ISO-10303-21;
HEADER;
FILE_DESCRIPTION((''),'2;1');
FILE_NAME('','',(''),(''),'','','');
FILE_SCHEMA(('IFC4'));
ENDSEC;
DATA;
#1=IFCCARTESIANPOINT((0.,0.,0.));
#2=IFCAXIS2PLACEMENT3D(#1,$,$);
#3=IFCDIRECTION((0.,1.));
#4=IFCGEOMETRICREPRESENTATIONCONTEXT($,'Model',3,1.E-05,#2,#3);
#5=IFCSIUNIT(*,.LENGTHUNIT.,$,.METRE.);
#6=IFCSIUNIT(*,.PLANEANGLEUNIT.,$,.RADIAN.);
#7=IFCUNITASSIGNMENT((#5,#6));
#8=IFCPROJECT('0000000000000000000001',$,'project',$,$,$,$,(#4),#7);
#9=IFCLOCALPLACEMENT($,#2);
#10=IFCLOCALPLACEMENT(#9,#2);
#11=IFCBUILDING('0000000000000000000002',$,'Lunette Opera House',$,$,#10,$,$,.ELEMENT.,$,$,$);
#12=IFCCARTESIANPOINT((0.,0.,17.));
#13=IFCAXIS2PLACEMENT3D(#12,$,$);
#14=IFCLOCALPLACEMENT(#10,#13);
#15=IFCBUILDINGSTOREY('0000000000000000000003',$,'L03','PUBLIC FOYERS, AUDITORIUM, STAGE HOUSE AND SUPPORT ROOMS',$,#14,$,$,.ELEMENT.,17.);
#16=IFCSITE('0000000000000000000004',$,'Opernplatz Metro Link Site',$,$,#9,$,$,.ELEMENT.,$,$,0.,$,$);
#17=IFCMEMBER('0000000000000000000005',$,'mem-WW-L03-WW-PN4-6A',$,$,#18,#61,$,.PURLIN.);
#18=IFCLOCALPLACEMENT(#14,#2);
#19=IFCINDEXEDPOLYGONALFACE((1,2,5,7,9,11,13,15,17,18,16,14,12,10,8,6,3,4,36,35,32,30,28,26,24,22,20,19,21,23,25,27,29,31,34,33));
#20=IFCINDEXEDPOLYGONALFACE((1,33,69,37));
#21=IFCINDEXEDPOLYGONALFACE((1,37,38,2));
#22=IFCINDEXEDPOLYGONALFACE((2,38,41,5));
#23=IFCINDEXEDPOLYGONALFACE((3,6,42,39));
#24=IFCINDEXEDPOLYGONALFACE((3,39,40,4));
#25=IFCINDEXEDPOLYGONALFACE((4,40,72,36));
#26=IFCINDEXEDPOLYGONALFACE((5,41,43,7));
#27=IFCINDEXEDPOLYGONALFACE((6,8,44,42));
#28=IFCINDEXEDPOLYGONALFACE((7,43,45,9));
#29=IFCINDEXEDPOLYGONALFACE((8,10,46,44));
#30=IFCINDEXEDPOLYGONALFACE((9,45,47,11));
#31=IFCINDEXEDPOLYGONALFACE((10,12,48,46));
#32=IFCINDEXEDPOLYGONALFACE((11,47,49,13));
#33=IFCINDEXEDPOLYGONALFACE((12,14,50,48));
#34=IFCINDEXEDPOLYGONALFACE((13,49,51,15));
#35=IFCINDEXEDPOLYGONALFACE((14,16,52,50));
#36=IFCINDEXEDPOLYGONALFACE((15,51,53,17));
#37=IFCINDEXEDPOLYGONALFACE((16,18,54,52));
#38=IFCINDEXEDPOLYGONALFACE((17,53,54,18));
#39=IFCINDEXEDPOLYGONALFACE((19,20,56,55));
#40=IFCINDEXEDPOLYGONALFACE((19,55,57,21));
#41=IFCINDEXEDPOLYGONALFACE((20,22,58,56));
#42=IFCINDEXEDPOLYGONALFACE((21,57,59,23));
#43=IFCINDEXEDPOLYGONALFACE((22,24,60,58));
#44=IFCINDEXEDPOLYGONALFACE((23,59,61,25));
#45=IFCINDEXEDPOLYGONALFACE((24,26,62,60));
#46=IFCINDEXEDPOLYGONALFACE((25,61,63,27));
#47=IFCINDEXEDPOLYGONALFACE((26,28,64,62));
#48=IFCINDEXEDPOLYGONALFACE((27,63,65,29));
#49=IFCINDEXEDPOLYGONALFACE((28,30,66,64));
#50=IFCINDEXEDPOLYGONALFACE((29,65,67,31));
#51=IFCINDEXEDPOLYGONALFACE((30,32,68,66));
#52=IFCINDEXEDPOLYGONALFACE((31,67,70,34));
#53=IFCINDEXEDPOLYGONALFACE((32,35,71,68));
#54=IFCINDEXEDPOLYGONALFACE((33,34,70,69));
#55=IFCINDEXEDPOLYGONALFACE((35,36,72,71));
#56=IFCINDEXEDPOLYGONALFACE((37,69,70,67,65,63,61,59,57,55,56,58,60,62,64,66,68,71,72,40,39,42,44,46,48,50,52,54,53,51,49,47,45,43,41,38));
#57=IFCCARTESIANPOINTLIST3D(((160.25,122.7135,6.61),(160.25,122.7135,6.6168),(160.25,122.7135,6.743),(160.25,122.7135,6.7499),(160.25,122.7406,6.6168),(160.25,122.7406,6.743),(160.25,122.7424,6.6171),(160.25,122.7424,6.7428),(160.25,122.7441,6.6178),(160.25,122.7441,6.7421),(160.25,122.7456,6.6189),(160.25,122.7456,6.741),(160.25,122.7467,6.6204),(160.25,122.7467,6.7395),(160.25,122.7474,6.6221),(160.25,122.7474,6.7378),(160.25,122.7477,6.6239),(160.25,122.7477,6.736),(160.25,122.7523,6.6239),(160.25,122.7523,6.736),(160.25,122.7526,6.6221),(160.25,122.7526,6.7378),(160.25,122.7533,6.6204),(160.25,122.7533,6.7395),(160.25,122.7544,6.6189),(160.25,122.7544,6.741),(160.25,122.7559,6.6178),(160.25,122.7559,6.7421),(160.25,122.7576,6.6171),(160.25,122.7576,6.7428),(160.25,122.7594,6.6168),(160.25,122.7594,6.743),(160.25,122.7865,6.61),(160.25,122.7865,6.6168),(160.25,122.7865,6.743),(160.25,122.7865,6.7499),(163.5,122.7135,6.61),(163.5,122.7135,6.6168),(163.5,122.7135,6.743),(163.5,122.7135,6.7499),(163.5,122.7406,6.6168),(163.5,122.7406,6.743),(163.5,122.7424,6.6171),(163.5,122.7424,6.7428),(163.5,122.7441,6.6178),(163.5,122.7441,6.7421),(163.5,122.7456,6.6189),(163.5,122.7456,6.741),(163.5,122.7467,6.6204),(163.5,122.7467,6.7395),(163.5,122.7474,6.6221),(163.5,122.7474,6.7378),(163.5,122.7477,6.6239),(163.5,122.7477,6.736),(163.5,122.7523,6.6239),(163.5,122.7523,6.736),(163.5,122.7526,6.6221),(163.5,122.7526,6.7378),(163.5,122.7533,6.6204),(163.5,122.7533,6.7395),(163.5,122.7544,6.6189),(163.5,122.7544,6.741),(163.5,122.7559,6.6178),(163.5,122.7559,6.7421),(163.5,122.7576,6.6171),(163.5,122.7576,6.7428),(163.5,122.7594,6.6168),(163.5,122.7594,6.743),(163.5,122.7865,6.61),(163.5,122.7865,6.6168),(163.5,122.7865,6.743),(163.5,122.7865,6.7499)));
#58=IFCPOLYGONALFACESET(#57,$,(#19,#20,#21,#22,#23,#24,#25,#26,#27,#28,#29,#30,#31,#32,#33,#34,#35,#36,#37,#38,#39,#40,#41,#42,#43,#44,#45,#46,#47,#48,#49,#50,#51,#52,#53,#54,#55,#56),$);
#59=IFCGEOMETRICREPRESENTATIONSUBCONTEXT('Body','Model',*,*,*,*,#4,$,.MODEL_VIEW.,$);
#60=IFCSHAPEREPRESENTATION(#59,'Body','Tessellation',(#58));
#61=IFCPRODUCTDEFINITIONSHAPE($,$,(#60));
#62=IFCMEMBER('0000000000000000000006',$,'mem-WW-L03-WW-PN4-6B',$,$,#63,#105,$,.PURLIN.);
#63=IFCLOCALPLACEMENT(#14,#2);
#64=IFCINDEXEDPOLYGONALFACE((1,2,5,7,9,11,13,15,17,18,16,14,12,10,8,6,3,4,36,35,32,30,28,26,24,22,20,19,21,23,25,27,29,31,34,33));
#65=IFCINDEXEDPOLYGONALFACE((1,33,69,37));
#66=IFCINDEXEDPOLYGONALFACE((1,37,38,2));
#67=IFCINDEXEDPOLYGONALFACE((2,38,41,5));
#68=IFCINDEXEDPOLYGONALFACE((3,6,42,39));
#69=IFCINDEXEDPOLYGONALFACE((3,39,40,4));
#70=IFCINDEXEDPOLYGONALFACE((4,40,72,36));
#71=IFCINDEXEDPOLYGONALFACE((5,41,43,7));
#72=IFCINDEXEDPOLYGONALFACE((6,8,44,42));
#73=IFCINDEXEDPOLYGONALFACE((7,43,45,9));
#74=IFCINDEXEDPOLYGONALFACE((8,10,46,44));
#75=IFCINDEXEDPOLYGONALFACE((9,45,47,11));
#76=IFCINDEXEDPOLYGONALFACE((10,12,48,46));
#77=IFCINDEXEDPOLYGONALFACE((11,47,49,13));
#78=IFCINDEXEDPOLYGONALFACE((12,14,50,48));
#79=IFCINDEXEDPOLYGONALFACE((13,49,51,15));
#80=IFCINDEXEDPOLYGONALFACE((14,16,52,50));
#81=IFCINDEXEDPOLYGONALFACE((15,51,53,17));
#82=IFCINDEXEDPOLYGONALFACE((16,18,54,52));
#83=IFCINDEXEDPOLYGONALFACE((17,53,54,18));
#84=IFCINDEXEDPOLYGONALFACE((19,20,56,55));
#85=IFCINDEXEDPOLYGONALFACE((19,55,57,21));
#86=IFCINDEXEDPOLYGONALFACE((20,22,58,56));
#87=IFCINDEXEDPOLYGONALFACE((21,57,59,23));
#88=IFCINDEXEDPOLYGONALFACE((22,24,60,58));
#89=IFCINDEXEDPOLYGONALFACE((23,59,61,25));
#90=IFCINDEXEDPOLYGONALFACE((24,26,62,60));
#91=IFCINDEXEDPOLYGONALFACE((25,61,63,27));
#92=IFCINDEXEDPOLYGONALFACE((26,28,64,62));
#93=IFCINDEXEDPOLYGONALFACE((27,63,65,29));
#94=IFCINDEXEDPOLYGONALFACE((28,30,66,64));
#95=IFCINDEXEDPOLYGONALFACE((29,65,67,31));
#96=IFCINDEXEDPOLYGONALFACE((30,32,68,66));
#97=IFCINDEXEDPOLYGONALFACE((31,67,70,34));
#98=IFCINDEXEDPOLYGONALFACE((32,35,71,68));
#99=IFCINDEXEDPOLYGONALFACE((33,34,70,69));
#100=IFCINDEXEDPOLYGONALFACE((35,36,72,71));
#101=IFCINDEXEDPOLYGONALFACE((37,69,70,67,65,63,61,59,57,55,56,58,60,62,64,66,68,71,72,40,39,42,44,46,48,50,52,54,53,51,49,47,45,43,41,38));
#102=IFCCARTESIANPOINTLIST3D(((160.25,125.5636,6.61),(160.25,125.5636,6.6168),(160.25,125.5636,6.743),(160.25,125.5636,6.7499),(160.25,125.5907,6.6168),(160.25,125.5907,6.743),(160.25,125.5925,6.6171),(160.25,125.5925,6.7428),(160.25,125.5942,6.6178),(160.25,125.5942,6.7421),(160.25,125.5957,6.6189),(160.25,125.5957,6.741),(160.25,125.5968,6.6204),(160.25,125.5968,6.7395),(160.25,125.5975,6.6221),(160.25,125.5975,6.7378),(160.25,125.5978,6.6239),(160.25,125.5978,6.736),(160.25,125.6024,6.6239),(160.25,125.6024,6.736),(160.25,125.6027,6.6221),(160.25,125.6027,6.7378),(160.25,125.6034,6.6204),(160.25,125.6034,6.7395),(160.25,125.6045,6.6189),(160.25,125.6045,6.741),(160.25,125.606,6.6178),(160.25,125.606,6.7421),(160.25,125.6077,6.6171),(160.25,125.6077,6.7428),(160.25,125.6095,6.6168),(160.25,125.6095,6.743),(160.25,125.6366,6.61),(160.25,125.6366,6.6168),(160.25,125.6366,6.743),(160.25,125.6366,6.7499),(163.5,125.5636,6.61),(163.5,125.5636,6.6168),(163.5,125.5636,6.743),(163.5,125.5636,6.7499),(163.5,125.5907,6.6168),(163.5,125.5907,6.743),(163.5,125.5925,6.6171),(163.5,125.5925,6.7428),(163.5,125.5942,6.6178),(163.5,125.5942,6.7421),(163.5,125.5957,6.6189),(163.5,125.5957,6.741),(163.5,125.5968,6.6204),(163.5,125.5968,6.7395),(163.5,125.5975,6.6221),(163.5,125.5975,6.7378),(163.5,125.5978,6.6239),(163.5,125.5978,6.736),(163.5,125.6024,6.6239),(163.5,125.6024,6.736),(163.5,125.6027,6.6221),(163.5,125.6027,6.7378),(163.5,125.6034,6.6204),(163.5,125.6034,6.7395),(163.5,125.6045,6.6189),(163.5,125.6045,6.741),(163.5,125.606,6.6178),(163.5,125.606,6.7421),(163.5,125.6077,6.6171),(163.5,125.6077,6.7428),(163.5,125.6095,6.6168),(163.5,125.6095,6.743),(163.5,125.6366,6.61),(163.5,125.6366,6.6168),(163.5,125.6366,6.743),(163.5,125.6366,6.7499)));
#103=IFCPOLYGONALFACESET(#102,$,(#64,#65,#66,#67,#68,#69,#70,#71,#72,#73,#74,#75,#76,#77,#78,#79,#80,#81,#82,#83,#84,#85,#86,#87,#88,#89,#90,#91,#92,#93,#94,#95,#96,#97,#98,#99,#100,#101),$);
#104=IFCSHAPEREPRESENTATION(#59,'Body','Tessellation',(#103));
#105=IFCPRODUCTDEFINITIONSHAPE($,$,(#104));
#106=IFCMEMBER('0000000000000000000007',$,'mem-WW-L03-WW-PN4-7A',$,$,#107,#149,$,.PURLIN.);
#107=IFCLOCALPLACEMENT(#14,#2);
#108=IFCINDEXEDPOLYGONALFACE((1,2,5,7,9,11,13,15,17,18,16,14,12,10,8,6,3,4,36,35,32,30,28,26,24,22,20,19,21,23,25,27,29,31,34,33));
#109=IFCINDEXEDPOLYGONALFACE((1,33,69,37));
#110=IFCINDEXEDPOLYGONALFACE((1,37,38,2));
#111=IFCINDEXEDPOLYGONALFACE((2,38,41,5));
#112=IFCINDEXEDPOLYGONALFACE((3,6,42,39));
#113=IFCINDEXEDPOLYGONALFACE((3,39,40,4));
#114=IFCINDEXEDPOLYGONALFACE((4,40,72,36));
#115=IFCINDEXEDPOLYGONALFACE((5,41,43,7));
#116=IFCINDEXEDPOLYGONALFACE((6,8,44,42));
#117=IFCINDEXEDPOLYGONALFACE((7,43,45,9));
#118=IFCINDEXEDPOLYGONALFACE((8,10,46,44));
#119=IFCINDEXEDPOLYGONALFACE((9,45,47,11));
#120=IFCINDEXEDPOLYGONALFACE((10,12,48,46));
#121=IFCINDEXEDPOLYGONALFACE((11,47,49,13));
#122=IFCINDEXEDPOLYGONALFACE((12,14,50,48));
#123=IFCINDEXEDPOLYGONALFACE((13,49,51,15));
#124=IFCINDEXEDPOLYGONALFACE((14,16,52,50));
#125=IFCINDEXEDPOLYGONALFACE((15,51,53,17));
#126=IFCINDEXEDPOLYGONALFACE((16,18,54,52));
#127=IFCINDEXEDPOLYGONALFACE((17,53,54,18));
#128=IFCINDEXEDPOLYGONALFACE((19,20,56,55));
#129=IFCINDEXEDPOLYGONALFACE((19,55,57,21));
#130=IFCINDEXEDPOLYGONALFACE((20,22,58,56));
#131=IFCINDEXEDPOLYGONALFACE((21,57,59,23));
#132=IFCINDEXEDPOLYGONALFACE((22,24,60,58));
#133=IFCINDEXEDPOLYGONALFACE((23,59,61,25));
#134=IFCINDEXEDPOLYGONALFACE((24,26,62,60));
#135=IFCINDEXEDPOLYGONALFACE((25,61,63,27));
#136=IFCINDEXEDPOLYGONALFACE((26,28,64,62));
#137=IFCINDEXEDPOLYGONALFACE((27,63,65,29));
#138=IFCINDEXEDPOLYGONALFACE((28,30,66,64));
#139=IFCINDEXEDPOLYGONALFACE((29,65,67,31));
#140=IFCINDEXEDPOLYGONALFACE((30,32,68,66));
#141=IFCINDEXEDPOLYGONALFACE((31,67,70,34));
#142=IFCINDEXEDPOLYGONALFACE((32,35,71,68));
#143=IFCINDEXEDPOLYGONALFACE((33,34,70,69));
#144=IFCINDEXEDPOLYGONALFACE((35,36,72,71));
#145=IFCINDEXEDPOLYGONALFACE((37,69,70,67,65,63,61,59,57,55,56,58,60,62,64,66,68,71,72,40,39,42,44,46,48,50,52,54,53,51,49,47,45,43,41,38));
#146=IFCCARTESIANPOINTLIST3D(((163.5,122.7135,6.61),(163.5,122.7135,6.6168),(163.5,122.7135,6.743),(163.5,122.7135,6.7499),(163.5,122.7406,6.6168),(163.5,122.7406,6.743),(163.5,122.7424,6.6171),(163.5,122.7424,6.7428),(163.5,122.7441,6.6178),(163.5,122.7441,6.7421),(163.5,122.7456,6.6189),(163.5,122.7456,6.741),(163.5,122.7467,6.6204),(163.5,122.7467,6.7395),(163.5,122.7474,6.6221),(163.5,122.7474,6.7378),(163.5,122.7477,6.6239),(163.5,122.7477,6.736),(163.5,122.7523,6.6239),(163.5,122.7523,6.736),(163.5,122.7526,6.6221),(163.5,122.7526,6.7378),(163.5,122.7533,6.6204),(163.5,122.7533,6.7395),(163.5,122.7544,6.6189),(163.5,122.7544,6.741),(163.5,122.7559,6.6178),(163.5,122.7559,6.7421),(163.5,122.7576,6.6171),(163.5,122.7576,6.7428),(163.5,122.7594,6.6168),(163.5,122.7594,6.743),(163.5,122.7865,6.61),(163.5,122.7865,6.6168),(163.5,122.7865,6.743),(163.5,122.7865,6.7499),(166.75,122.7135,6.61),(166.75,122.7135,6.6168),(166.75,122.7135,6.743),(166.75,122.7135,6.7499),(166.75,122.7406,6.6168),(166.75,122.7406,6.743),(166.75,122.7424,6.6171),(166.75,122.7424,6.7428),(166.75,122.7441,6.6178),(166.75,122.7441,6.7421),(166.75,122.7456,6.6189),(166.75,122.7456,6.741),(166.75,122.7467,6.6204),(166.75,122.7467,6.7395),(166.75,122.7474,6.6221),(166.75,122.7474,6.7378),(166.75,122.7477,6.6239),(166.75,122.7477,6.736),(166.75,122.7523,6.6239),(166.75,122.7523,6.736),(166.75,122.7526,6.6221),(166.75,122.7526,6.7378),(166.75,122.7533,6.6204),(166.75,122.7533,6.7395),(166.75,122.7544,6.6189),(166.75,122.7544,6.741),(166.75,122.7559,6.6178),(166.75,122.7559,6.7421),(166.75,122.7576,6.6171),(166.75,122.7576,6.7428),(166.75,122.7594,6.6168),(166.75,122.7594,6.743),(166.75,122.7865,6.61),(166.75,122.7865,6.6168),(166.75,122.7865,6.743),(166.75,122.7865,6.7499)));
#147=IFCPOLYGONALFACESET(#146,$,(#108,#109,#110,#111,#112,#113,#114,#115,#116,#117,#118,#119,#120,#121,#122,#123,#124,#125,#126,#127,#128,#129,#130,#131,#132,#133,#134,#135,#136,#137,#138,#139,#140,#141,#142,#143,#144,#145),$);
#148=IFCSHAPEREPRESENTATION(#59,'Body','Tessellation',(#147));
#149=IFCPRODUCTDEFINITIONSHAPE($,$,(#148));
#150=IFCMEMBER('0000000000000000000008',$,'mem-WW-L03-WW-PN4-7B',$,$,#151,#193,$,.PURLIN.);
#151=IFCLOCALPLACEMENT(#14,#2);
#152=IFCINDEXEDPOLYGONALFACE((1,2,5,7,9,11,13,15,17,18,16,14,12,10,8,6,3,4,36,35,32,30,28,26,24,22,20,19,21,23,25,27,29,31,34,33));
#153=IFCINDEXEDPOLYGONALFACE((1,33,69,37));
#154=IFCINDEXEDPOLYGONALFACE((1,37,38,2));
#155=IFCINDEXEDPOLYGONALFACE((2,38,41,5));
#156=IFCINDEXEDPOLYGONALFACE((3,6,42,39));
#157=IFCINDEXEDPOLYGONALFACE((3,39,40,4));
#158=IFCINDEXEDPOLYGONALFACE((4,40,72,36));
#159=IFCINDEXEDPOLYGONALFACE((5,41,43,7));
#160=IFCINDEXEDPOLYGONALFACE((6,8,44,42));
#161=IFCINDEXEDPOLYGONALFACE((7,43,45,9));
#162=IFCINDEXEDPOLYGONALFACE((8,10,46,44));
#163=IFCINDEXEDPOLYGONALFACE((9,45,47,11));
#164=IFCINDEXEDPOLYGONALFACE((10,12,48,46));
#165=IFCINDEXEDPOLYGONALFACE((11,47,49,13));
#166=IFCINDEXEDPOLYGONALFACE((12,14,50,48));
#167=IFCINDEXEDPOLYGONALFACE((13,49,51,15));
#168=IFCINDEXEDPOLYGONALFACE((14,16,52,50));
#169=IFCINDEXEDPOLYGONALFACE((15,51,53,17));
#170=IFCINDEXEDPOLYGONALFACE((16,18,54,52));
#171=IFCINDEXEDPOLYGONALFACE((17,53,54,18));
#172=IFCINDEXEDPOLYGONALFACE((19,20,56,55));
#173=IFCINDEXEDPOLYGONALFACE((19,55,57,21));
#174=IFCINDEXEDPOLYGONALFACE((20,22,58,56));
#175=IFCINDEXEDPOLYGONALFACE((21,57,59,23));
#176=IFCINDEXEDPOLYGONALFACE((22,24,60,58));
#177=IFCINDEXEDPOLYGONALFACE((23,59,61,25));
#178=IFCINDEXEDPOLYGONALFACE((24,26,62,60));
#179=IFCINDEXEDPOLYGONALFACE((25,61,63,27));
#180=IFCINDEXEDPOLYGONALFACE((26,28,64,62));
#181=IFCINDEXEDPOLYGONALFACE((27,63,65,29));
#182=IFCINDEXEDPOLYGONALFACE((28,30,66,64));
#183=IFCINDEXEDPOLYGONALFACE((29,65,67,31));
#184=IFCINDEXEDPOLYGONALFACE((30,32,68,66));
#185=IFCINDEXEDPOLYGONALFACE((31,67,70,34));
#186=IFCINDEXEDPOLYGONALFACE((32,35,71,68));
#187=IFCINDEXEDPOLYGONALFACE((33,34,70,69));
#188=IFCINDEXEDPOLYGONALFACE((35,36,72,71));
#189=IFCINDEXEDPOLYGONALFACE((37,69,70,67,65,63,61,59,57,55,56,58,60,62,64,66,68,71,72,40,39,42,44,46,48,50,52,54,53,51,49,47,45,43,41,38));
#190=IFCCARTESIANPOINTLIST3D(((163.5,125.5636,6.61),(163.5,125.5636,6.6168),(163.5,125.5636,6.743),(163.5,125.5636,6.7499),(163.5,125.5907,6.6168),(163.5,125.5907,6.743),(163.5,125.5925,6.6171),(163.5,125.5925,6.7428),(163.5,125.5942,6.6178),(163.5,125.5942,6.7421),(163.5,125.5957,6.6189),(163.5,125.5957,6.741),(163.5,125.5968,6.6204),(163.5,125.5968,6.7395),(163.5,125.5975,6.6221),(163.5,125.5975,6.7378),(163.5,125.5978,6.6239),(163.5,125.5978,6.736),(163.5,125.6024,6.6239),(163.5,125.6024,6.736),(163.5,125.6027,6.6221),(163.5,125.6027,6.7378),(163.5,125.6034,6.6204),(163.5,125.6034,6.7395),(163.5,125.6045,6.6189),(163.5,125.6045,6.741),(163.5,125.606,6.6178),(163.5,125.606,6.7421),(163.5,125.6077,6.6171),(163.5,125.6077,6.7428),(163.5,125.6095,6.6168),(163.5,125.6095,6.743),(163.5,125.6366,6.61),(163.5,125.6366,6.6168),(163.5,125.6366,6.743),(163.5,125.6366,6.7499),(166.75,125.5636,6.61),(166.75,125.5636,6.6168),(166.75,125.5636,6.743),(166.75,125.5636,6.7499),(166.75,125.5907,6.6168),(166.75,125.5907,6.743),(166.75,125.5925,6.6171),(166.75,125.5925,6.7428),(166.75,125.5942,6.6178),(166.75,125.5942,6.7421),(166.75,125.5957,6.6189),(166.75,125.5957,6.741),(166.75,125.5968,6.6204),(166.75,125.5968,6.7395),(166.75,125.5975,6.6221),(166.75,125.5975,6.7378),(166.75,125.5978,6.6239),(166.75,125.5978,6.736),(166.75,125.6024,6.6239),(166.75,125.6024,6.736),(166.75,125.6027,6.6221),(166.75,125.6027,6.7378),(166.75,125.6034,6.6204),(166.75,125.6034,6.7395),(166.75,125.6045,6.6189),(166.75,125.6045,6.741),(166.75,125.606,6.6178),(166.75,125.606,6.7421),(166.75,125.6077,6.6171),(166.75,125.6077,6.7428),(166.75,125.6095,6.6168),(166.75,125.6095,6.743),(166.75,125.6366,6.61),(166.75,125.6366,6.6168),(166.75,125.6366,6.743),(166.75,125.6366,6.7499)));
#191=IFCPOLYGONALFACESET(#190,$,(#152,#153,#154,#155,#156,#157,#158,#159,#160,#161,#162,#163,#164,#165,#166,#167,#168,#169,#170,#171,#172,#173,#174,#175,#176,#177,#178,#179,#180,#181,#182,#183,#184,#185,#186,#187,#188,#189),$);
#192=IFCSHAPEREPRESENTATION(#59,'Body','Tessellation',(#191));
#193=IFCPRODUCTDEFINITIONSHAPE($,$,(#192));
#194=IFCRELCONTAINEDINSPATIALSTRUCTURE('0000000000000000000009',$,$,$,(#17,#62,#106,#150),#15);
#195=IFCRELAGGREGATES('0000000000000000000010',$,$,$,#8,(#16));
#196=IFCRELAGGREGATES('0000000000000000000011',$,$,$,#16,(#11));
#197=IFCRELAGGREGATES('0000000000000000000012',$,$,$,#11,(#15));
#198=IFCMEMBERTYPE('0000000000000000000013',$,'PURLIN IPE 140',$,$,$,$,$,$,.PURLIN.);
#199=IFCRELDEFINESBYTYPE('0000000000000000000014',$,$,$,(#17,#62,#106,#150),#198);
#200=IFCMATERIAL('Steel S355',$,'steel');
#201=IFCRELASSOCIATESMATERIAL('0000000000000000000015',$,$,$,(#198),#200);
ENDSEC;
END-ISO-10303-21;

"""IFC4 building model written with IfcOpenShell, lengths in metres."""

from ifc_helpers import new_model, si_unit, direction, frame, origin, origin_2d, place, context, subcontext, project, spatial, i_section, extrude, material, material_profile, profile_set, type_object, element, save


model = new_model("IFC4")

# Units and contexts
model_context = context("Model", 3, precision=1e-05, world=origin(), true_north=direction((0.0, 1.0)))
body_context = subcontext(model_context, "Body", "Model", "MODEL_VIEW")
ifc_project = project(units=[si_unit("LENGTHUNIT", "METRE"), si_unit("PLANEANGLEUNIT", "RADIAN")], contexts=[model_context])

# Site, building, storey
site_placement = place(None, origin())
site = spatial("IfcSite", under=ifc_project, at=site_placement, Name="Opernplatz Metro Link Site", CompositionType="ELEMENT", RefElevation=0.0)
building_placement = place(site_placement, origin())
building = spatial("IfcBuilding", under=site, at=building_placement, Name="Lunette Opera House", CompositionType="ELEMENT")
storey_placement = place(building_placement, frame((0.0, 0.0, 17.0)))
storey = spatial("IfcBuildingStorey", under=building, at=storey_placement, Name="L03", Description="PUBLIC FOYERS, AUDITORIUM, STAGE HOUSE AND SUPPORT ROOMS", CompositionType="ELEMENT", Elevation=17.0)

# Members
ifc_material_1 = material(Name="Steel S355", Category="steel")
ifc_material_profile_1 = material_profile(ifc_material_1, i_section(OverallWidth=0.073, OverallDepth=0.1399, WebThickness=0.0046, FlangeThickness=0.0068, FilletRadius=0.0071, at=origin_2d()), Name="IPE 140")
ifc_profile_set_1 = profile_set([ifc_material_profile_1], Name="Steel S355")
member_type_1 = type_object("IfcMemberType", Name="PURLIN IPE 140", PredefinedType="PURLIN", material=ifc_profile_set_1)
for number, where, z_axis, x_axis, name in (
    (1, (160.25, 122.75, 6.6799), (1.0, 0.0, 0.0), (0.0, 1.0, 0.0), "mem-WW-L03-WW-PN4-6A"),
    (2, (160.25, 125.6001, 6.6799), (1.0, 0.0, 0.0), (0.0, 1.0, 0.0), "mem-WW-L03-WW-PN4-6B"),
    (3, (163.5, 122.75, 6.6799), (1.0, 0.0, 0.0), (0.0, 1.0, 0.0), "mem-WW-L03-WW-PN4-7A"),
    (4, (163.5, 125.6001, 6.6799), (1.0, 0.0, 0.0), (0.0, 1.0, 0.0), "mem-WW-L03-WW-PN4-7B"),
):
    element("IfcMember", number, at=place(storey_placement, frame(where, z_axis=z_axis, x_axis=x_axis)), inside=storey, type_object=member_type_1, Name=name, PredefinedType="PURLIN", context=body_context, shape_type="SweptSolid", body=[
        extrude(i_section(OverallWidth=0.073, OverallDepth=0.1399, WebThickness=0.0046, FlangeThickness=0.0068, FilletRadius=0.0071, at=origin_2d()), origin(), (0.0, 0.0, 1.0), 3.25),
    ])

save(model, "model.ifc")
